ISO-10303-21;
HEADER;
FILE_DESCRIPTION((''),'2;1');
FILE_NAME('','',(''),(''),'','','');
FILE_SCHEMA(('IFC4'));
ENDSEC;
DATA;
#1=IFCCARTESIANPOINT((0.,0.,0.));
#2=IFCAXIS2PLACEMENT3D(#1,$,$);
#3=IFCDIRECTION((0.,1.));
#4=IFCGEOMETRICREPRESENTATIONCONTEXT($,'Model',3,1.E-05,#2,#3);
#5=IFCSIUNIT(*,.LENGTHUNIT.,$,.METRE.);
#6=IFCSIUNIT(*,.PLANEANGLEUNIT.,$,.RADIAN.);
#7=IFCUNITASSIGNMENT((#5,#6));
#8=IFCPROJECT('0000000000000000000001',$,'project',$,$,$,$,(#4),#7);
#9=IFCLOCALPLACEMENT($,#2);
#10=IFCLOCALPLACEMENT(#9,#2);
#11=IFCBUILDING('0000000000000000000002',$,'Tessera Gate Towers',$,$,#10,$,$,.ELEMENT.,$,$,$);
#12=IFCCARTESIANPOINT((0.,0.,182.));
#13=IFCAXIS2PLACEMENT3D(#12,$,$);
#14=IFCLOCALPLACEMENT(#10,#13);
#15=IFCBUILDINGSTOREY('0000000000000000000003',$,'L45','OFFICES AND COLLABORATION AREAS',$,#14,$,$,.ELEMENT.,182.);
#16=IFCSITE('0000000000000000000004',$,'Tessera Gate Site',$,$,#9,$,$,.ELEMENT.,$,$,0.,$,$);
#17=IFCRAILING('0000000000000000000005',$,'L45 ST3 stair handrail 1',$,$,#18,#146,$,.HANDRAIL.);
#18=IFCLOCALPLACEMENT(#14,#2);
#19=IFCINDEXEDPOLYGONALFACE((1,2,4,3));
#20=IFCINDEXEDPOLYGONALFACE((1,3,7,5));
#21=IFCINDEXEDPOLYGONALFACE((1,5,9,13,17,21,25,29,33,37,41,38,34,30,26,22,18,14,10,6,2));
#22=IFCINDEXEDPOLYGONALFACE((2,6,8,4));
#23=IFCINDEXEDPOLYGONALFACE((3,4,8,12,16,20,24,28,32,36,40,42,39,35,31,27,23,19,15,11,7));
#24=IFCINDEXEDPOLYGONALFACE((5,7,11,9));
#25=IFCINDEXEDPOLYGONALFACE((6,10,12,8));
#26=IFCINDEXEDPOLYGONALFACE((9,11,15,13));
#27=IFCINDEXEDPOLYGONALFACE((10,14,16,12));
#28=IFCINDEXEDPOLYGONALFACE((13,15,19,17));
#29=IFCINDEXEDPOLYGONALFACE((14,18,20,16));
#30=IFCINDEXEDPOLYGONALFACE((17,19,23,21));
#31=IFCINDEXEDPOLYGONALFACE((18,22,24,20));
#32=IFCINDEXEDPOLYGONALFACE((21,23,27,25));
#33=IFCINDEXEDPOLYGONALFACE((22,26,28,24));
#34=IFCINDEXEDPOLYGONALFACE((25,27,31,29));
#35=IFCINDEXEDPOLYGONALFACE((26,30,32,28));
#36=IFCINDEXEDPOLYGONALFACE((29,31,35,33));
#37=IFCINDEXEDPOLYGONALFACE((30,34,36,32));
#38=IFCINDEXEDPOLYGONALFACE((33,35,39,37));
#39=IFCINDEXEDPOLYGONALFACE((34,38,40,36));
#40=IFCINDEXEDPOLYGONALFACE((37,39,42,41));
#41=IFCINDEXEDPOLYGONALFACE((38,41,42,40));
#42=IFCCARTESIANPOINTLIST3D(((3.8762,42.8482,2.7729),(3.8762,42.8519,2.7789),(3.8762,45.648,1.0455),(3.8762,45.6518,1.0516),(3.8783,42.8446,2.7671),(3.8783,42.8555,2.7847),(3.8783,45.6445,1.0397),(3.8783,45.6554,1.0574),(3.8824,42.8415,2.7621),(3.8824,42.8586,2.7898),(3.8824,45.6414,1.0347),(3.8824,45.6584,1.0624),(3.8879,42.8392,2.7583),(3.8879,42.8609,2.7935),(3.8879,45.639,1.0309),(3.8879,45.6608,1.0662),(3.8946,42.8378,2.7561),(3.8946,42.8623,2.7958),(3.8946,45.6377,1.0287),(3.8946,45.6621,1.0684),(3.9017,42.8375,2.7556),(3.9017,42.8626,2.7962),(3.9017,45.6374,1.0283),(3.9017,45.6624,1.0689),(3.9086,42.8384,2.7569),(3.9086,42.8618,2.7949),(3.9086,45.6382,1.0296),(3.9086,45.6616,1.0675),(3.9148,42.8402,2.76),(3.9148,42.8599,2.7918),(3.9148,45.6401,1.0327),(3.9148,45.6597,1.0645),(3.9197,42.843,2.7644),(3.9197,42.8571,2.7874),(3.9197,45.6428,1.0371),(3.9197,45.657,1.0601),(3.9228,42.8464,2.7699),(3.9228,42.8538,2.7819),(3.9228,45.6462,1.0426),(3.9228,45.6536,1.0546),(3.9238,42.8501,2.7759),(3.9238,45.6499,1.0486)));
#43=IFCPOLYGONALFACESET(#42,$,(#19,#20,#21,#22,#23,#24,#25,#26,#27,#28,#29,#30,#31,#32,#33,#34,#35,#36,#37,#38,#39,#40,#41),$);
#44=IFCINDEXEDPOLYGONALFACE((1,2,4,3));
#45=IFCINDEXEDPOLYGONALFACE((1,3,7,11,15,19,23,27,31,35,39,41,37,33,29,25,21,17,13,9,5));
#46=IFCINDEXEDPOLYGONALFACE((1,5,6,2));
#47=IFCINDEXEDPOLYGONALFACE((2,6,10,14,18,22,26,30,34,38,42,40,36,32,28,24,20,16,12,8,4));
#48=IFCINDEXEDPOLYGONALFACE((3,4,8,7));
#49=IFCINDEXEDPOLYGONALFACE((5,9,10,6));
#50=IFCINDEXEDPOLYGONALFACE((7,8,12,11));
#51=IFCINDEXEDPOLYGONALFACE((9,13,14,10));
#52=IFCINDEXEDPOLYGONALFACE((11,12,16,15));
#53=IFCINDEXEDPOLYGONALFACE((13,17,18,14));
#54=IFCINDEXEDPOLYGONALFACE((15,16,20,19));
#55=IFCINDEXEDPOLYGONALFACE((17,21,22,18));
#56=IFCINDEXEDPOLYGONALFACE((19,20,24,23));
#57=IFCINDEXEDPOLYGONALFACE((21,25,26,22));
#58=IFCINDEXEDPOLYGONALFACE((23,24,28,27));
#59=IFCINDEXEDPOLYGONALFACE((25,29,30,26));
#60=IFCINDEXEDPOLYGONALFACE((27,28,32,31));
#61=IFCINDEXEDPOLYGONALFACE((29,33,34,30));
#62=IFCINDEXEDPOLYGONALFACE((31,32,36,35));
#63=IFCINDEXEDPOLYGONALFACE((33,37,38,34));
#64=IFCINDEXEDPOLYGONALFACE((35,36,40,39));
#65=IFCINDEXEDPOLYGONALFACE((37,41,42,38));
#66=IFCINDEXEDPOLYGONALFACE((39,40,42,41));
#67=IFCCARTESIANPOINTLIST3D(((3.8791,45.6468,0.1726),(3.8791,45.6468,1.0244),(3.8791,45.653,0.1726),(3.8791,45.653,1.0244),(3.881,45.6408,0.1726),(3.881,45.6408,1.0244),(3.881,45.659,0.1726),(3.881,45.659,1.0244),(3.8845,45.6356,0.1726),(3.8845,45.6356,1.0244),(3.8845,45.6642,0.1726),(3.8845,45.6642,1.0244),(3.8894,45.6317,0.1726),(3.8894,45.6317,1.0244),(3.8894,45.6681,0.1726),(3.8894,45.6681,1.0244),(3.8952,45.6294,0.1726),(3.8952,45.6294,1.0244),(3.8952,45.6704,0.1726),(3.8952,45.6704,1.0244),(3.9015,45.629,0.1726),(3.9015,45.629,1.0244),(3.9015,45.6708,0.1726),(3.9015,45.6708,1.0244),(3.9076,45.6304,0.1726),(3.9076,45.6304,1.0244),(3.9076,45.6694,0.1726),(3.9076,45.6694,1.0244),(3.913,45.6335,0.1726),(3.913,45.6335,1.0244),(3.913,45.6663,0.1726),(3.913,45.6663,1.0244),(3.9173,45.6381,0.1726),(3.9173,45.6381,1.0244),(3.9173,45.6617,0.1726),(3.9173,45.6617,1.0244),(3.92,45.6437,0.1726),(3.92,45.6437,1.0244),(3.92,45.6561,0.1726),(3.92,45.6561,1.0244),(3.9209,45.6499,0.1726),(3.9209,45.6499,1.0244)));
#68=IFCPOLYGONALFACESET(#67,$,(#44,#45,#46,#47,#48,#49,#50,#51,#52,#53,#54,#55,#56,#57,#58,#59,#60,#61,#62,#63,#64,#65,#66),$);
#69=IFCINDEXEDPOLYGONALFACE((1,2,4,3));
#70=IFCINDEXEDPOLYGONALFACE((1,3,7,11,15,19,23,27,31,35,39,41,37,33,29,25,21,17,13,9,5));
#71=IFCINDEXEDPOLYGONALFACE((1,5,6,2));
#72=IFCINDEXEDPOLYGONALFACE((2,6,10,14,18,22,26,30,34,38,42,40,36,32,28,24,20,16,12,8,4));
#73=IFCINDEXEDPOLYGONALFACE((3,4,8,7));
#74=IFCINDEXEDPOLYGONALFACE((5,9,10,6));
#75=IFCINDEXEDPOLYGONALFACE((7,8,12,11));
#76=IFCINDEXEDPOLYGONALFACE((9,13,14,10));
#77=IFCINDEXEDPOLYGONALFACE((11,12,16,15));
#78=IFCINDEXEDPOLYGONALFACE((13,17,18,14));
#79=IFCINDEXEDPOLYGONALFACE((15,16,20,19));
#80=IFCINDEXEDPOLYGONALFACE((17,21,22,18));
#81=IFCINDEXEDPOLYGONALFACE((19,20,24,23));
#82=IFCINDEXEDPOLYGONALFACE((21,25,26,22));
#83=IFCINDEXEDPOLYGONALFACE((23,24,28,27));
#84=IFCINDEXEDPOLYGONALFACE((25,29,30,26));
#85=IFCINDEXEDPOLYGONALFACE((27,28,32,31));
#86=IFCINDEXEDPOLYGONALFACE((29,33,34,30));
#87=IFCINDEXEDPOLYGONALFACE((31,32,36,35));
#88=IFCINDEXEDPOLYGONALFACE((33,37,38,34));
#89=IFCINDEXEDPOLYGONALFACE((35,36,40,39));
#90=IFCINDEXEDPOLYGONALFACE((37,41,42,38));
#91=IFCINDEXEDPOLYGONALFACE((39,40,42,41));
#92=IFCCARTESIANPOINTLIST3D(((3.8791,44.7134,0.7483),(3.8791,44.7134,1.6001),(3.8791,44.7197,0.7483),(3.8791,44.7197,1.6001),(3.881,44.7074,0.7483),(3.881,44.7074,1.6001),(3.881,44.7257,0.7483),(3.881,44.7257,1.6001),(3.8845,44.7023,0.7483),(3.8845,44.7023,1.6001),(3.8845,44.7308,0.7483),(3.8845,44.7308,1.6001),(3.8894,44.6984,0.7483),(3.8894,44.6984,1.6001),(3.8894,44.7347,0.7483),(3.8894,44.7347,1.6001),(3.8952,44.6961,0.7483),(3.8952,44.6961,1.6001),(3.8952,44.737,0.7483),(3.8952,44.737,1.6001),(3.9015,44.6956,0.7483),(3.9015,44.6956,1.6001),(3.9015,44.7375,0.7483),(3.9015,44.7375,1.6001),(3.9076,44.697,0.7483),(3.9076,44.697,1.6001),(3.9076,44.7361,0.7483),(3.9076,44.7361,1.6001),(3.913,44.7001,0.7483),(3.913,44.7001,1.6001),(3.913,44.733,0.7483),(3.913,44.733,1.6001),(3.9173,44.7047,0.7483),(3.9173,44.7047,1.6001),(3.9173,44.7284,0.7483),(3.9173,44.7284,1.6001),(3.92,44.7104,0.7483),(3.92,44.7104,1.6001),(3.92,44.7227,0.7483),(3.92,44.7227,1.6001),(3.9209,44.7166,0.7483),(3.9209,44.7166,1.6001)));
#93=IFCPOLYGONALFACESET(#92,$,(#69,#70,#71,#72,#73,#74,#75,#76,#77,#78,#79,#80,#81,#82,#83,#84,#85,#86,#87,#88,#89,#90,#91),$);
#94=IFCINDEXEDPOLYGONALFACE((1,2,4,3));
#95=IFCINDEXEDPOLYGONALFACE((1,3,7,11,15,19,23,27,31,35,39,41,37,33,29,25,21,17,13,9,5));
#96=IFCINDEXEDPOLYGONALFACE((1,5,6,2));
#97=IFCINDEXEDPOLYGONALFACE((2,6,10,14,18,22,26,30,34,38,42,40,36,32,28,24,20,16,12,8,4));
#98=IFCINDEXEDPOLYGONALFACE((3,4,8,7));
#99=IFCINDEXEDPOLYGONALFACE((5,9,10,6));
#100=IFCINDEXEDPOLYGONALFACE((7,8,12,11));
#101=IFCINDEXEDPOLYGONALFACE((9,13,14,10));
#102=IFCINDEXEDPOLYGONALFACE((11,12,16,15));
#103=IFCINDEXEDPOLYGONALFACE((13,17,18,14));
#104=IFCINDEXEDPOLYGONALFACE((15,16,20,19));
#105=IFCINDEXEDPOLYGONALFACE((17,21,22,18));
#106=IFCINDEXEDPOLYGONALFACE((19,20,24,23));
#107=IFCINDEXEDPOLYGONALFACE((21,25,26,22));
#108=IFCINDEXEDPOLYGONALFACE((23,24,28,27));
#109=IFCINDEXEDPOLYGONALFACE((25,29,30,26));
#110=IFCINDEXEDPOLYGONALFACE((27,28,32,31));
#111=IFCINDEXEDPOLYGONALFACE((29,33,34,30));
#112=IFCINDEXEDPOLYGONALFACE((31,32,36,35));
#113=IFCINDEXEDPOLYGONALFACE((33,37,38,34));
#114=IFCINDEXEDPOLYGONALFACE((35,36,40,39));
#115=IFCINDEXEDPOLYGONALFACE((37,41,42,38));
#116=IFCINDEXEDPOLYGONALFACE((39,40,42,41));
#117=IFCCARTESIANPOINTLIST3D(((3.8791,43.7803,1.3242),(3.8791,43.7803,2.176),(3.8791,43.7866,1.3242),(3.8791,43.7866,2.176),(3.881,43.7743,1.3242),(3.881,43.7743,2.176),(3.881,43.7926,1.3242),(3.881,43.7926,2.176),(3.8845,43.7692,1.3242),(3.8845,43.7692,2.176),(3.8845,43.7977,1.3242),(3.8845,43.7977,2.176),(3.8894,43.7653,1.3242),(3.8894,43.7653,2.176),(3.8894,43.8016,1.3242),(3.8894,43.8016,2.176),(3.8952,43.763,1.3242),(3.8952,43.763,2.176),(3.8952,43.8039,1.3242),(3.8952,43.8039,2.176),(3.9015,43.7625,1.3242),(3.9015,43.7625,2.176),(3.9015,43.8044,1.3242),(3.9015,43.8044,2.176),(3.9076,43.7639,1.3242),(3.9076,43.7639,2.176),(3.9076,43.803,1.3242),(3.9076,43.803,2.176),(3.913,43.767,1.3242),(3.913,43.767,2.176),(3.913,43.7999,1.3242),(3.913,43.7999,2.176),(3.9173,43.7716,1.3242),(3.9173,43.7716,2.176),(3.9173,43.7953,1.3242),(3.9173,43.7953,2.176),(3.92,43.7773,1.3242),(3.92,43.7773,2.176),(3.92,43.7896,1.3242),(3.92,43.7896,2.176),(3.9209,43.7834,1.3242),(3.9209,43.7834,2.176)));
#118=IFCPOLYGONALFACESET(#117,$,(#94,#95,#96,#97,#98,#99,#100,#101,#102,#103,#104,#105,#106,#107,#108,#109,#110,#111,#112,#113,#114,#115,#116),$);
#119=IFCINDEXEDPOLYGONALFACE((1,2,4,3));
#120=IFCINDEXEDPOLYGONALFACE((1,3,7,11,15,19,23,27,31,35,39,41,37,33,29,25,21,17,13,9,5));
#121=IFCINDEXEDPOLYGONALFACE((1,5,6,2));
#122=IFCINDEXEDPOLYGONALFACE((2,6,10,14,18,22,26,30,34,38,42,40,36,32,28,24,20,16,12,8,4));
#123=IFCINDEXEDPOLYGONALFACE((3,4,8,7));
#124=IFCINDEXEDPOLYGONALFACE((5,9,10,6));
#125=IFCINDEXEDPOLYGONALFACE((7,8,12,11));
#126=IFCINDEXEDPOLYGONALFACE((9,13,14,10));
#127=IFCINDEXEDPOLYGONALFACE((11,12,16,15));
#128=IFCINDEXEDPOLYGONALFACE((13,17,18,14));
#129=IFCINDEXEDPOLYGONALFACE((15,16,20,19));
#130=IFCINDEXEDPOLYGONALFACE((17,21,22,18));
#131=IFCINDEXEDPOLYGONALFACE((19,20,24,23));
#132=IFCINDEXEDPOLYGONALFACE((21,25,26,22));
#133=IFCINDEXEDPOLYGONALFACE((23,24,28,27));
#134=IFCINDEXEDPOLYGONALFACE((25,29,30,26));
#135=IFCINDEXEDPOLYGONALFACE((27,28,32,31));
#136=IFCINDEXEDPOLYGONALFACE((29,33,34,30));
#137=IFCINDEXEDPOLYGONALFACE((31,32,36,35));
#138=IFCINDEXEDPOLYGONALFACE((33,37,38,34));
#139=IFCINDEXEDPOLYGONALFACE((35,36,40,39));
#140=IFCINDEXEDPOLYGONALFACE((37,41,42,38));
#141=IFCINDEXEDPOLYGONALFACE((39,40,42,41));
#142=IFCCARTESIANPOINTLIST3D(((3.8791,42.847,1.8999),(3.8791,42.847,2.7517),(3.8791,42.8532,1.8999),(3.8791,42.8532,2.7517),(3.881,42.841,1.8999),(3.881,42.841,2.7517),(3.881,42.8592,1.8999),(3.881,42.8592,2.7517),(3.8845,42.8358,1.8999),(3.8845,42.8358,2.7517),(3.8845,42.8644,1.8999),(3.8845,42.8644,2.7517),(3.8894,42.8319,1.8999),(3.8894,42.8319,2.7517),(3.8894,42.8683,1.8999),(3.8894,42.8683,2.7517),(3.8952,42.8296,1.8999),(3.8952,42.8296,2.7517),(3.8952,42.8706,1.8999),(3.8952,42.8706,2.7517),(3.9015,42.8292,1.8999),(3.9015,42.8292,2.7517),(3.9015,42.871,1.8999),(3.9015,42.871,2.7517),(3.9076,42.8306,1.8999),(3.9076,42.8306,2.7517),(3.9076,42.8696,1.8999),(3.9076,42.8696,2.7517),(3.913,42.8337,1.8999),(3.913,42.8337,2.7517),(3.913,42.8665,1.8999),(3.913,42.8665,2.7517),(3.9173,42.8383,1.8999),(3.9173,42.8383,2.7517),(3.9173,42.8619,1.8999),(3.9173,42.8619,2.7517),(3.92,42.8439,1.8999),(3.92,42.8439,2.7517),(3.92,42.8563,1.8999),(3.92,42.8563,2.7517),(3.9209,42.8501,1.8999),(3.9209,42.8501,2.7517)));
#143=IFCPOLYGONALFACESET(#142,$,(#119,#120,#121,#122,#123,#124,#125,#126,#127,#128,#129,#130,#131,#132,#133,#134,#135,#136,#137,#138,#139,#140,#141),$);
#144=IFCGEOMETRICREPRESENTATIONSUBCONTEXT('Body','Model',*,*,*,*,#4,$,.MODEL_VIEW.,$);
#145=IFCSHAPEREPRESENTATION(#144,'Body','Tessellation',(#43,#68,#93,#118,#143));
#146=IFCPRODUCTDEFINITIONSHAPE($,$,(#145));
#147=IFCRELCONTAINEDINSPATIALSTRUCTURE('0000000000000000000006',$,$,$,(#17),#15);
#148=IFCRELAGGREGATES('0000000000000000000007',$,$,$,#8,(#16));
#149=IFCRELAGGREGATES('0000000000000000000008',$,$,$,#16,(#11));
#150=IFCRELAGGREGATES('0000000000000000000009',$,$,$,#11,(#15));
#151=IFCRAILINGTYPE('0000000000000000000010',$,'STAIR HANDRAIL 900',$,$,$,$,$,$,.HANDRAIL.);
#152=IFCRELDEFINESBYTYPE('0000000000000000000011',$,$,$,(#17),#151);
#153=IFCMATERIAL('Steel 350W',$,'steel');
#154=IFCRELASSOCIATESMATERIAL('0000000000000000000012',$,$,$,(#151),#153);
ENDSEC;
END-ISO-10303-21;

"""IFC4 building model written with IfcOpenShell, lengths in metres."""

from ifc_helpers import new_model, si_unit, direction, frame, origin, origin_2d, place, context, subcontext, project, spatial, circle, extrude, material, type_object, element, save


model = new_model("IFC4")

# Units and contexts
model_context = context("Model", 3, precision=1e-05, world=origin(), true_north=direction((0.0, 1.0)))
body_context = subcontext(model_context, "Body", "Model", "MODEL_VIEW")
ifc_project = project(units=[si_unit("LENGTHUNIT", "METRE"), si_unit("PLANEANGLEUNIT", "RADIAN")], contexts=[model_context])

# Site, building, storey
site_placement = place(None, origin())
site = spatial("IfcSite", under=ifc_project, at=site_placement, Name="Tessera Gate Site", CompositionType="ELEMENT", RefElevation=0.0)
building_placement = place(site_placement, origin())
building = spatial("IfcBuilding", under=site, at=building_placement, Name="Tessera Gate Towers", CompositionType="ELEMENT")
storey_placement = place(building_placement, frame((0.0, 0.0, 182.0)))
storey = spatial("IfcBuildingStorey", under=building, at=storey_placement, Name="L45", Description="OFFICES AND COLLABORATION AREAS", CompositionType="ELEMENT", Elevation=182.0)

# Railing
ifc_material_1 = material(Name="Steel 350W", Category="steel")
railing_type_1 = type_object("IfcRailingType", Name="STAIR HANDRAIL 900", PredefinedType="HANDRAIL", material=ifc_material_1)
railing_1_placement = place(storey_placement, frame((3.8999, 45.6499, 0.1726)))
element("IfcRailing", 1, at=railing_1_placement, inside=storey, type_object=railing_type_1, Name="L45 ST3 stair handrail 1", PredefinedType="HANDRAIL", context=body_context, shape_type="SweptSolid", body=[
    extrude(circle(Radius=0.0239, at=origin_2d()), frame((0.0, 0.0, 0.876), z_axis=(0.0, -0.851069, 0.525054), x_axis=(1.0, 0.0, 0.0)), (0.0, 0.0, 1.0), 3.2898),
    extrude(circle(Radius=0.021, at=origin_2d()), origin(), (0.0, 0.0, 1.0), 0.8518),
    extrude(circle(Radius=0.021, at=origin_2d()), frame((0.0, -0.9333, 0.5757)), (0.0, 0.0, 1.0), 0.8518),
    extrude(circle(Radius=0.021, at=origin_2d()), frame((0.0, -1.8665, 1.1516)), (0.0, 0.0, 1.0), 0.8518),
    extrude(circle(Radius=0.021, at=origin_2d()), frame((0.0, -2.7998, 1.7273)), (0.0, 0.0, 1.0), 0.8518),
])

save(model, "model.ifc")
